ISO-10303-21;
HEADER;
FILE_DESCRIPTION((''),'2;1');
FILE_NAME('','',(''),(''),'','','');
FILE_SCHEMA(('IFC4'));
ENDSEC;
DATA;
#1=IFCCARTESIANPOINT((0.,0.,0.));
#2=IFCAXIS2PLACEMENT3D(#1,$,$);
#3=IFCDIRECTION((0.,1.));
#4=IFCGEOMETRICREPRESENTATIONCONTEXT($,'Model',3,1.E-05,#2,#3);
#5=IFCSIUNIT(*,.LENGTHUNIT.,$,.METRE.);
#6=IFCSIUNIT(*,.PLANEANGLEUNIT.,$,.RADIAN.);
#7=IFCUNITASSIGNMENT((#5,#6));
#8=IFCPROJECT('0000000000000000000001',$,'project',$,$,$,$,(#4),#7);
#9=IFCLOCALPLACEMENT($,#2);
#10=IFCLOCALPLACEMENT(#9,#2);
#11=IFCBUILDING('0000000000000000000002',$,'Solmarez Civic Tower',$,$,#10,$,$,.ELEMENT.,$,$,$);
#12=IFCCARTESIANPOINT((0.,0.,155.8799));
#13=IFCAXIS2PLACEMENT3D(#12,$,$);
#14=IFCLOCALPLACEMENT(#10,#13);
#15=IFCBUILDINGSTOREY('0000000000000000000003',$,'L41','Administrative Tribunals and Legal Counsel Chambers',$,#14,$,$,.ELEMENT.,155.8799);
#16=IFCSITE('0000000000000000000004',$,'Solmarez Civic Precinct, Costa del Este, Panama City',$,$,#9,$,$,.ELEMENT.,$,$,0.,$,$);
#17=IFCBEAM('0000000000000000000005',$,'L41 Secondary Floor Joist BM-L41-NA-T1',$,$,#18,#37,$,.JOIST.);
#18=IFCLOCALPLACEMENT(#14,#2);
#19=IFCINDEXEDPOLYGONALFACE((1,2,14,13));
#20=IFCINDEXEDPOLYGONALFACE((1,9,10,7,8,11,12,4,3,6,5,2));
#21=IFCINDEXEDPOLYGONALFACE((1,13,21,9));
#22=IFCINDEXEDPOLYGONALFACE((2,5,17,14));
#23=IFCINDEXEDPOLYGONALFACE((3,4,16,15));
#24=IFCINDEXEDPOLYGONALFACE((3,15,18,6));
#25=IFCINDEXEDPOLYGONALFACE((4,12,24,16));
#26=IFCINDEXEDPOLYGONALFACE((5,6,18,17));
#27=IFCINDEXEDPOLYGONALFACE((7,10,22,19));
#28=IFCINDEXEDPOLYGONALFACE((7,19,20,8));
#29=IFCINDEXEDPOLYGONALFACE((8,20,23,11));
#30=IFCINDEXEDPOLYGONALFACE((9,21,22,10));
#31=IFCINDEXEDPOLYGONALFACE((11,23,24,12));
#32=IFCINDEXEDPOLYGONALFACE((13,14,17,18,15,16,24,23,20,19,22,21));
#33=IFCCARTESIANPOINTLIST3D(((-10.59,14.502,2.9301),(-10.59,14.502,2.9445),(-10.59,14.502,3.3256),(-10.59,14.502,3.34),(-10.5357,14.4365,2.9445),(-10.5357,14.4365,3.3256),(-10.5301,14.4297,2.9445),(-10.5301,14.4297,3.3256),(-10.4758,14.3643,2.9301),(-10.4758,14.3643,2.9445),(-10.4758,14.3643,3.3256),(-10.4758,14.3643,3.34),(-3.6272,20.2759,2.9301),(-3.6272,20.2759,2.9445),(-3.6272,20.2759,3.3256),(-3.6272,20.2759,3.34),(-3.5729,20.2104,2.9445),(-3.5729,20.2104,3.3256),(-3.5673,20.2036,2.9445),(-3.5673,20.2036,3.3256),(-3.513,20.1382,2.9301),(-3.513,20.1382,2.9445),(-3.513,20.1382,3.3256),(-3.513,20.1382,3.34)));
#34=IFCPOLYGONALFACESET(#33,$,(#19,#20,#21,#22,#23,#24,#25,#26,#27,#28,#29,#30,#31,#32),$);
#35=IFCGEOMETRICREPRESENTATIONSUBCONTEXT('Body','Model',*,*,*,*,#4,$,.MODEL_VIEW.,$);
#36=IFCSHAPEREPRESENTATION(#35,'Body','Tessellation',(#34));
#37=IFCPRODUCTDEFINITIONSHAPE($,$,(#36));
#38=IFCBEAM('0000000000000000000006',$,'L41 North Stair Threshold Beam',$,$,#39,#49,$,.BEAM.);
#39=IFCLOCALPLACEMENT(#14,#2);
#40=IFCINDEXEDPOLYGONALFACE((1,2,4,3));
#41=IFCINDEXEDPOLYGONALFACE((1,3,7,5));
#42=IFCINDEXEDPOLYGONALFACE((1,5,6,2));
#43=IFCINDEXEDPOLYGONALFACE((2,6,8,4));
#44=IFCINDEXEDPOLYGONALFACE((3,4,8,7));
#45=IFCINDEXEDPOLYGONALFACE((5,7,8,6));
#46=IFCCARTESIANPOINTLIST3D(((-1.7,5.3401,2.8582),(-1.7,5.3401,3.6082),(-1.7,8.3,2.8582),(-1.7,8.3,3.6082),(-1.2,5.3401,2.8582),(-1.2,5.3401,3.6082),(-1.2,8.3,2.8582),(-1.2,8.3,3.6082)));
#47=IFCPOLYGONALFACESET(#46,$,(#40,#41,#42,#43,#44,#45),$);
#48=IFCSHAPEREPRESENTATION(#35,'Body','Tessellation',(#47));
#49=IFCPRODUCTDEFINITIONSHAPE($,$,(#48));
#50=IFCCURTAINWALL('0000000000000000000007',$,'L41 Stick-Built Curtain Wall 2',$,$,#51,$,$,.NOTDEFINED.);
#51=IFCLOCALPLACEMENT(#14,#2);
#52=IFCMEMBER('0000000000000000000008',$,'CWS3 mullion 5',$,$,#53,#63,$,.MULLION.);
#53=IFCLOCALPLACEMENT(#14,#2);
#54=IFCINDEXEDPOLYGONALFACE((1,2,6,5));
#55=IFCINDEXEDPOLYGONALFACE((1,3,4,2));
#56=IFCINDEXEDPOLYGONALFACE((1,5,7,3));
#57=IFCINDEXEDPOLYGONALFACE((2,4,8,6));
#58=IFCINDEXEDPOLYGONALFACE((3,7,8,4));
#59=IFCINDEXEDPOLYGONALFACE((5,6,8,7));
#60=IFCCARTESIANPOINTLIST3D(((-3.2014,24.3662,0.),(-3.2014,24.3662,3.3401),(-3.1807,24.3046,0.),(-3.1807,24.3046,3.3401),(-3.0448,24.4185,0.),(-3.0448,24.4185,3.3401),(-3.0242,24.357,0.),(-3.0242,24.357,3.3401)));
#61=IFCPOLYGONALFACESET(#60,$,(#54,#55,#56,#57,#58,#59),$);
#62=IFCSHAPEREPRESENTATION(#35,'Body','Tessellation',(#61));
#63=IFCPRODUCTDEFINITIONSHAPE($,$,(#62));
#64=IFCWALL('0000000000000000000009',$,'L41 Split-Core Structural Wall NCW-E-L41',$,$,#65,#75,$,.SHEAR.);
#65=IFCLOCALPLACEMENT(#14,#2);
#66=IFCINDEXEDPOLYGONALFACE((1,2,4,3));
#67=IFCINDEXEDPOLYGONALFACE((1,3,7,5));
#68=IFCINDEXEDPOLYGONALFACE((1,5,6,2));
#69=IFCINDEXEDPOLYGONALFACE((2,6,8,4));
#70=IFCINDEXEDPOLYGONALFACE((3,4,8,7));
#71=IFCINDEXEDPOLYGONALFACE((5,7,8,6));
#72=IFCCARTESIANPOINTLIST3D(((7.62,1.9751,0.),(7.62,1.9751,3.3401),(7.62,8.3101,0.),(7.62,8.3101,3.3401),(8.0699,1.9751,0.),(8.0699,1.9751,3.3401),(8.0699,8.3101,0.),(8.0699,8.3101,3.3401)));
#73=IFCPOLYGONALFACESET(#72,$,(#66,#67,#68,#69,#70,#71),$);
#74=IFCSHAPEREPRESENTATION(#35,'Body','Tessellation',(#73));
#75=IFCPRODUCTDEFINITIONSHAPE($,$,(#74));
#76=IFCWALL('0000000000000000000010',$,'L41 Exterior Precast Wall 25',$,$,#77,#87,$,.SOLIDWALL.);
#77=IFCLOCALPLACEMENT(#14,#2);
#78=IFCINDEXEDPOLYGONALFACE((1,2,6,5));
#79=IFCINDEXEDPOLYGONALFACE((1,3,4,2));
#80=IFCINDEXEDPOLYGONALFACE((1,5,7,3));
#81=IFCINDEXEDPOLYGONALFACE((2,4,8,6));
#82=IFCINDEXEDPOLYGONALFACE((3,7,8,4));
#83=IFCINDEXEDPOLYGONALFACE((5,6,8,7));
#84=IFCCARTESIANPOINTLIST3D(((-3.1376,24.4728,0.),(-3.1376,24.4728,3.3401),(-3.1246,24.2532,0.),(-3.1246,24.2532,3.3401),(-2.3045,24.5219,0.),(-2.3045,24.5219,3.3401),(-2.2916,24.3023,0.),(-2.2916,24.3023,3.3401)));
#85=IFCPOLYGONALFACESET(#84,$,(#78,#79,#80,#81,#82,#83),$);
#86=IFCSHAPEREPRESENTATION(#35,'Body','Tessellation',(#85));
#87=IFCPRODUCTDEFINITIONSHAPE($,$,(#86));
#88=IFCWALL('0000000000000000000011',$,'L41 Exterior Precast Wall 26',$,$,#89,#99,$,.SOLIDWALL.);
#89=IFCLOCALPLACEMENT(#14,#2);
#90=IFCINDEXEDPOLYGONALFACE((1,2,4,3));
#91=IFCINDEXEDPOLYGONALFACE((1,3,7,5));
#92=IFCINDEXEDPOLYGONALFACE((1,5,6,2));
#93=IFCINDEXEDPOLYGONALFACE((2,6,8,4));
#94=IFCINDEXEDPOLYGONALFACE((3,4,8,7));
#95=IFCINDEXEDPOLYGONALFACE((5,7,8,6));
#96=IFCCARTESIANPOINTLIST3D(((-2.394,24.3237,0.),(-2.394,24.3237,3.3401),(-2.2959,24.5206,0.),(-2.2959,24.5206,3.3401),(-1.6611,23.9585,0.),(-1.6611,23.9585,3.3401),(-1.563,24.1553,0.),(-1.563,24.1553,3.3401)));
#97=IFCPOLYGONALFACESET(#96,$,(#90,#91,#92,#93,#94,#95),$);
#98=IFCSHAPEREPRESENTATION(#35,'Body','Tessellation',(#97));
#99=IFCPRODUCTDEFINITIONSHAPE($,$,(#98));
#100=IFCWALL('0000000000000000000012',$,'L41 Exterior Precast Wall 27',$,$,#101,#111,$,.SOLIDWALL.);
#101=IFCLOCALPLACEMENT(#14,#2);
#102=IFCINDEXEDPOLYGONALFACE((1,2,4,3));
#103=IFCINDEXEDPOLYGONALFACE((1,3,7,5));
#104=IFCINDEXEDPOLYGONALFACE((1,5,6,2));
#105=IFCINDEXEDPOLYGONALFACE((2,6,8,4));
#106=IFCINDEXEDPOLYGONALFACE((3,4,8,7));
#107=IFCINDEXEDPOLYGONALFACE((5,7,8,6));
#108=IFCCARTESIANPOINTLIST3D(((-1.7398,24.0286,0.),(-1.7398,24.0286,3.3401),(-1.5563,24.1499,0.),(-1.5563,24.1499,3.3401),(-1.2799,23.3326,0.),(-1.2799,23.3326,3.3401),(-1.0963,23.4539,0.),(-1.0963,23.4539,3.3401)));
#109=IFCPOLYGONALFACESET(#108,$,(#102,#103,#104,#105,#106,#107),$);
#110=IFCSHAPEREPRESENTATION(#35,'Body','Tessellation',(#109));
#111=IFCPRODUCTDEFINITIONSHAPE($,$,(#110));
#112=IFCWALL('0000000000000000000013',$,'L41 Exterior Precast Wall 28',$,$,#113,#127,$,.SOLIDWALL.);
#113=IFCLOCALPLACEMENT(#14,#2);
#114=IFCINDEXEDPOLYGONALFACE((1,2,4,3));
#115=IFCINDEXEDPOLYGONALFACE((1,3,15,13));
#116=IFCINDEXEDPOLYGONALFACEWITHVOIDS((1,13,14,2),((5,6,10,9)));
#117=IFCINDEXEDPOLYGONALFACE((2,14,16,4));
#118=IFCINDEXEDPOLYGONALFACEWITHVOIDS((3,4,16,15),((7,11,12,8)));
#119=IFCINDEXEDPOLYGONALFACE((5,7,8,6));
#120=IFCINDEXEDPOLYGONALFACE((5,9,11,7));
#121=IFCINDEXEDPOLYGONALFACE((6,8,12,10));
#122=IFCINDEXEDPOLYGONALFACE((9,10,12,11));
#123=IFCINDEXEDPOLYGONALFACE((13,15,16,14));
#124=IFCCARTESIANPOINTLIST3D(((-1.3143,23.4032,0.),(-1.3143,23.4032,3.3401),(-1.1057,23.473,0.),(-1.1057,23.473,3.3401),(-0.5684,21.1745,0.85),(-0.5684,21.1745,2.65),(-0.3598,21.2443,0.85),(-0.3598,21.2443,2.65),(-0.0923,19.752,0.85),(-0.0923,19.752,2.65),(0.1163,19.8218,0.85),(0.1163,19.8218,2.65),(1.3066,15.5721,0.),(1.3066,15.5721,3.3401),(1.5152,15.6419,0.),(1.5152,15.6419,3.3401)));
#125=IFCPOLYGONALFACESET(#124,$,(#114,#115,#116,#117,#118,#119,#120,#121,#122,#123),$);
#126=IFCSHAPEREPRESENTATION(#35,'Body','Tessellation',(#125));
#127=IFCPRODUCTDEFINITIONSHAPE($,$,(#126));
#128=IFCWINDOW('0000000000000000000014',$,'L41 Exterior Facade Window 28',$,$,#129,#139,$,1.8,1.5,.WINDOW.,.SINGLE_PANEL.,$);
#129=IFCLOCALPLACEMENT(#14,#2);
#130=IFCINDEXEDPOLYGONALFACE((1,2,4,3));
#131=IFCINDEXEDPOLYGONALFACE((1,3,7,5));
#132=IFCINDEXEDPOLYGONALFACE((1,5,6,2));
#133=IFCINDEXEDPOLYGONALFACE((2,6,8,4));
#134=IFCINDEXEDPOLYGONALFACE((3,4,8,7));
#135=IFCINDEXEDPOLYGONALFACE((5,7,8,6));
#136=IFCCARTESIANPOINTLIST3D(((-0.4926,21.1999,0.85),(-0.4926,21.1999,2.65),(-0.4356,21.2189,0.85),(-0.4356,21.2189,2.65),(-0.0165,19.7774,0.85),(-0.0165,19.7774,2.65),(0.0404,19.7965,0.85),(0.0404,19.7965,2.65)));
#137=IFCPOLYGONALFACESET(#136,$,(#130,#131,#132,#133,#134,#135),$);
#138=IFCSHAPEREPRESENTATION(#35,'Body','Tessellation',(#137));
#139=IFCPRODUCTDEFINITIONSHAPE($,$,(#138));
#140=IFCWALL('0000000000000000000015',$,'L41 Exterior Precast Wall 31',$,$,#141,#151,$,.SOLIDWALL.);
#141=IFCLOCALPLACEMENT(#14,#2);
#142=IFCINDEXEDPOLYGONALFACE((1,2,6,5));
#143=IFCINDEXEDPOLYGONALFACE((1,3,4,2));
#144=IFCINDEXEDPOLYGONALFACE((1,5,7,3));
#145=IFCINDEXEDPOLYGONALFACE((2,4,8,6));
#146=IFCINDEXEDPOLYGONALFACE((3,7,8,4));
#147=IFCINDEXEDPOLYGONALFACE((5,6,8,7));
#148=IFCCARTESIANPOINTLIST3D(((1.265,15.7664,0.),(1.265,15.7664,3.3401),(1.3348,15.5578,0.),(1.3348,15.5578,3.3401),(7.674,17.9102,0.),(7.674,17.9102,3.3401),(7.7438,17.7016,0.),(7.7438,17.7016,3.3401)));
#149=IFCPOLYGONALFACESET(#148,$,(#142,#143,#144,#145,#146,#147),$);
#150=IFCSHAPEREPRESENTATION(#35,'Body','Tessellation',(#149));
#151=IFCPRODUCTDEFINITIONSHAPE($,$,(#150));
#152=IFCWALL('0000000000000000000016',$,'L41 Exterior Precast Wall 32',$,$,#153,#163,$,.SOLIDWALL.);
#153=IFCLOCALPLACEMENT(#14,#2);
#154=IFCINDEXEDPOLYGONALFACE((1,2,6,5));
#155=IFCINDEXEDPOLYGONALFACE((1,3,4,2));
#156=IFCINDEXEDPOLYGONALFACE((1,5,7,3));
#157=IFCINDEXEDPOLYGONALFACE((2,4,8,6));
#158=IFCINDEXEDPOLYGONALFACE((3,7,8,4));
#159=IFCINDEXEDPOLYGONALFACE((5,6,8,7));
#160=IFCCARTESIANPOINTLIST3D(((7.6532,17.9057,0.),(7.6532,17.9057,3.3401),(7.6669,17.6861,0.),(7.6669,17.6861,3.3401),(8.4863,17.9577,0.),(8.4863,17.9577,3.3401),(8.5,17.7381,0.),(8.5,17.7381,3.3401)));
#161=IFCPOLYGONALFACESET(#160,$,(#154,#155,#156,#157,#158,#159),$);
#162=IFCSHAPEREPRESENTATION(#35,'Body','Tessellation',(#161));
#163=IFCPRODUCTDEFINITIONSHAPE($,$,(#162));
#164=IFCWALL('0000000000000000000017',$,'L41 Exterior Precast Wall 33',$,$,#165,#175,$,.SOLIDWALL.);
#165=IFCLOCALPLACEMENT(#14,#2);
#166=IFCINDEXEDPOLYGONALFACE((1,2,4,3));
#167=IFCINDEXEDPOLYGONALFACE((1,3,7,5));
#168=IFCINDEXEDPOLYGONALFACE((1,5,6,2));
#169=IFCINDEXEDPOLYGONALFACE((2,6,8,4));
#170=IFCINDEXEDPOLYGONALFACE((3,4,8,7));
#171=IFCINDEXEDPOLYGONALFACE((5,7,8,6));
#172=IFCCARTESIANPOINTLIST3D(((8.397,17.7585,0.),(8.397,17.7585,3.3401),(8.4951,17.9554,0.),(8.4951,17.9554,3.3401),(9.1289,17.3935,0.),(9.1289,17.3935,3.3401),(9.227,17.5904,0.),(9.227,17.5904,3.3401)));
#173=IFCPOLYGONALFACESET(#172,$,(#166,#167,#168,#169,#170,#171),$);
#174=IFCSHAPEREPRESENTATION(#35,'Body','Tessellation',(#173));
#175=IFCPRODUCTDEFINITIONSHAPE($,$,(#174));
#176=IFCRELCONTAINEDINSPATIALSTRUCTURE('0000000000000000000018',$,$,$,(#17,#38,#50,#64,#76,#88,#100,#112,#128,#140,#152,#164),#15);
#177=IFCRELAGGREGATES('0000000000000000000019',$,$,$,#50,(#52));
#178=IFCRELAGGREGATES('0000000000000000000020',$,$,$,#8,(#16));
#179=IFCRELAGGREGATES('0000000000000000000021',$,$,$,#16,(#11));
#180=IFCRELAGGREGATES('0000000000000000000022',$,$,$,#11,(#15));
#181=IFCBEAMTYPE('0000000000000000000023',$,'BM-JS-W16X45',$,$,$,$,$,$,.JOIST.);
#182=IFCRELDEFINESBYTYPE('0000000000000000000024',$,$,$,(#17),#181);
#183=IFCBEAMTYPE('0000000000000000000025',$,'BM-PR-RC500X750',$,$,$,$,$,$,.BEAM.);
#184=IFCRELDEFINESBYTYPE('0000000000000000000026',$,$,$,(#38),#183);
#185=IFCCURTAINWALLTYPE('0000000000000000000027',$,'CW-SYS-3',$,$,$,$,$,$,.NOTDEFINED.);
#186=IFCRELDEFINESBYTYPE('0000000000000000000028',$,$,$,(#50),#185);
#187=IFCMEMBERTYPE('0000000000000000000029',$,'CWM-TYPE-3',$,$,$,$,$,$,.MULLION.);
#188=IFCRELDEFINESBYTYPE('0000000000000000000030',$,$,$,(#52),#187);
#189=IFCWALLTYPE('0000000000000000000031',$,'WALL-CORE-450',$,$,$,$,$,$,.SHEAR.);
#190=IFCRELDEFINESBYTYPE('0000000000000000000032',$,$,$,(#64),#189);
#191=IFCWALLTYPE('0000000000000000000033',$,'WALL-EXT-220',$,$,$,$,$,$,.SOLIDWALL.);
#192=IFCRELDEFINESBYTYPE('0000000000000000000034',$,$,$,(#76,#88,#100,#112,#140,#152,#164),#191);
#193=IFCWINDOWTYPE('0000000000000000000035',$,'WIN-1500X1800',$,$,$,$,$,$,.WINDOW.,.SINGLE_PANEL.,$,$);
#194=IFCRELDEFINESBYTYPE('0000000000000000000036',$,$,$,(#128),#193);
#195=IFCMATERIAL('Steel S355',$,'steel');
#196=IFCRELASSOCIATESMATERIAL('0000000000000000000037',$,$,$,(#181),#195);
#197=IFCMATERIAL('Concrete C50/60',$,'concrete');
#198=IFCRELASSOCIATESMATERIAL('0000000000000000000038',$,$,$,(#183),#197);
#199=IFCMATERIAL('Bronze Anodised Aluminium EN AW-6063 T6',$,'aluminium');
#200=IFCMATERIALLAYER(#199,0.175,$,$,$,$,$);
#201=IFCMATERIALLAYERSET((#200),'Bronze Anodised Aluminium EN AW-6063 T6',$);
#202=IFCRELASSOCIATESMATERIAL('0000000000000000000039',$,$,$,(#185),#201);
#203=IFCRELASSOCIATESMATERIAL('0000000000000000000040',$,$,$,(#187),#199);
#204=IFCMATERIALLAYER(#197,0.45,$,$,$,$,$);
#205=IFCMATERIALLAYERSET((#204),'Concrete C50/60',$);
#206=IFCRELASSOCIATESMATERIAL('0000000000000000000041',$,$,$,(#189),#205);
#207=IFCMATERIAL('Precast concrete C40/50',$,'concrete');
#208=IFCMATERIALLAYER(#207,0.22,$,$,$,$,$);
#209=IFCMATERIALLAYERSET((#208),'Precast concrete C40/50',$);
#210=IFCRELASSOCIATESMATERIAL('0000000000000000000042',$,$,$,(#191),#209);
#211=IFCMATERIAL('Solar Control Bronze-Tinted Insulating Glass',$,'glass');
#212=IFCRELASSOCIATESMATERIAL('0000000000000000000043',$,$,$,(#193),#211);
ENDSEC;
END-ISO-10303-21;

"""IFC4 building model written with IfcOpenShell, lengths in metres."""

from ifc_helpers import new_model, si_unit, direction, frame, frame_2d, origin, origin_2d, place, context, subcontext, project, spatial, rectangle, i_section, extrude, material, layer, layer_set, material_profile, profile_set, type_object, element, fill, aggregate, save


model = new_model("IFC4")

# Units and contexts
model_context = context("Model", 3, precision=1e-05, world=origin(), true_north=direction((0.0, 1.0)))
body_context = subcontext(model_context, "Body", "Model", "MODEL_VIEW")
ifc_project = project(units=[si_unit("LENGTHUNIT", "METRE"), si_unit("PLANEANGLEUNIT", "RADIAN")], contexts=[model_context])

# Site, building, storey
site_placement = place(None, origin())
site = spatial("IfcSite", under=ifc_project, at=site_placement, Name="Solmarez Civic Precinct, Costa del Este, Panama City", CompositionType="ELEMENT", RefElevation=0.0)
building_placement = place(site_placement, origin())
building = spatial("IfcBuilding", under=site, at=building_placement, Name="Solmarez Civic Tower", CompositionType="ELEMENT")
storey_placement = place(building_placement, frame((0.0, 0.0, 155.8799)))
storey = spatial("IfcBuildingStorey", under=building, at=storey_placement, Name="L41", Description="Administrative Tribunals and Legal Counsel Chambers", CompositionType="ELEMENT", Elevation=155.8799)

# Beams
ifc_material_1 = material(Name="Steel S355", Category="steel")
ifc_material_profile_1 = material_profile(ifc_material_1, i_section(OverallWidth=0.179, OverallDepth=0.4099, WebThickness=0.0088, FlangeThickness=0.0144, at=origin_2d()), Name="W16X45")
ifc_profile_set_1 = profile_set([ifc_material_profile_1], Name="Steel S355")
beam_type_1 = type_object("IfcBeamType", Name="BM-JS-W16X45", PredefinedType="JOIST", material=ifc_profile_set_1)
beam_1_placement = place(storey_placement, frame((-3.5701, 20.207, 3.135), z_axis=(-0.769768, -0.638324, 0.0), x_axis=(0.638324, -0.769768, 0.0)))
element("IfcBeam", 1, at=beam_1_placement, inside=storey, type_object=beam_type_1, Name="L41 Secondary Floor Joist BM-L41-NA-T1", PredefinedType="JOIST", context=body_context, shape_type="SweptSolid", body=[
    extrude(i_section(OverallWidth=0.179, OverallDepth=0.4099, WebThickness=0.0088, FlangeThickness=0.0144, at=origin_2d()), origin(), (0.0, 0.0, 1.0), 9.0454),
])
ifc_material_2 = material(Name="Concrete C50/60", Category="concrete")
ifc_material_profile_2 = material_profile(ifc_material_2, rectangle(XDim=0.5, YDim=0.75, at=origin_2d()), Name="RC500X750")
ifc_profile_set_2 = profile_set([ifc_material_profile_2], Name="Concrete C50/60")
beam_type_2 = type_object("IfcBeamType", Name="BM-PR-RC500X750", PredefinedType="BEAM", material=ifc_profile_set_2)
beam_2_placement = place(storey_placement, frame((-1.45, 5.3401, 3.2332), z_axis=(0.0, 1.0, 0.0), x_axis=(-1.0, 0.0, 0.0)))
element("IfcBeam", 2, at=beam_2_placement, inside=storey, type_object=beam_type_2, Name="L41 North Stair Threshold Beam", PredefinedType="BEAM", context=body_context, shape_type="SweptSolid", body=[
    extrude(rectangle(XDim=0.5, YDim=0.75, at=origin_2d()), origin(), (0.0, 0.0, 1.0), 2.96),
])

# Curtain wall, member
ifc_material_3 = material(Name="Bronze Anodised Aluminium EN AW-6063 T6", Category="aluminium")
ifc_layer_1 = layer(ifc_material_3, 0.175)
ifc_layer_set_1 = layer_set([ifc_layer_1], Name="Bronze Anodised Aluminium EN AW-6063 T6")
curtain_wall_type = type_object("IfcCurtainWallType", Name="CW-SYS-3", PredefinedType="NOTDEFINED", material=ifc_layer_set_1)
curtain_wall_placement = place(storey_placement, origin())
curtain_wall = element("IfcCurtainWall", 3, at=curtain_wall_placement, inside=storey, type_object=curtain_wall_type, Name="L41 Stick-Built Curtain Wall 2", PredefinedType="NOTDEFINED")
ifc_material_profile_3 = material_profile(ifc_material_3, rectangle(XDim=0.0649, YDim=0.165, at=origin_2d()), Name="CWM-65X165")
ifc_profile_set_3 = profile_set([ifc_material_profile_3], Name="Bronze Anodised Aluminium EN AW-6063 T6")
member_type = type_object("IfcMemberType", Name="CWM-TYPE-3", PredefinedType="MULLION", material=ifc_profile_set_3)
member_placement = place(storey_placement, frame((-3.1128, 24.3616, 0.0), z_axis=(0.0, 0.0, 1.0), x_axis=(-0.317319, 0.948319, 0.0)))
member = element("IfcMember", 4, at=member_placement, type_object=member_type, Name="CWS3 mullion 5", PredefinedType="MULLION", context=body_context, shape_type="SweptSolid", body=[
    extrude(rectangle(XDim=0.0649, YDim=0.165, at=origin_2d()), origin(), (0.0, 0.0, 1.0), 3.3401),
])
aggregate(curtain_wall, [member])

# Walls
ifc_layer_2 = layer(ifc_material_2, 0.45)
ifc_layer_set_2 = layer_set([ifc_layer_2], Name="Concrete C50/60")
wall_type_1 = type_object("IfcWallType", Name="WALL-CORE-450", PredefinedType="SHEAR", material=ifc_layer_set_2)
wall_1_placement = place(storey_placement, frame((7.845, 8.3101, 0.0), z_axis=(0.0, 0.0, 1.0), x_axis=(0.0, -1.0, 0.0)))
element("IfcWall", 5, at=wall_1_placement, inside=storey, type_object=wall_type_1, Name="L41 Split-Core Structural Wall NCW-E-L41", PredefinedType="SHEAR", context=body_context, shape_type="SweptSolid", body=[
    extrude(rectangle(XDim=6.335, YDim=0.45, at=frame_2d((3.1675, 0.0))), origin(), (0.0, 0.0, 1.0), 3.3401),
])
ifc_material_4 = material(Name="Precast concrete C40/50", Category="concrete")
ifc_layer_3 = layer(ifc_material_4, 0.22)
ifc_layer_set_3 = layer_set([ifc_layer_3], Name="Precast concrete C40/50")
wall_type_2 = type_object("IfcWallType", Name="WALL-EXT-220", PredefinedType="SOLIDWALL", material=ifc_layer_set_3)
wall_2_placement = place(storey_placement, frame((-3.1311, 24.363, 0.0), z_axis=(0.0, 0.0, 1.0), x_axis=(0.998269, 0.058808, 0.0)))
element("IfcWall", 6, at=wall_2_placement, inside=storey, type_object=wall_type_2, Name="L41 Exterior Precast Wall 25", PredefinedType="SOLIDWALL", context=body_context, shape_type="SweptSolid", body=[
    extrude(rectangle(XDim=0.8345, YDim=0.22, at=frame_2d((0.4172, 0.0))), origin(), (0.0, 0.0, 1.0), 3.3401),
])
wall_3_placement = place(storey_placement, frame((-2.345, 24.4221, 0.0), z_axis=(0.0, 0.0, 1.0), x_axis=(0.895023, -0.446021, 0.0)))
element("IfcWall", 7, at=wall_3_placement, inside=storey, type_object=wall_type_2, Name="L41 Exterior Precast Wall 26", PredefinedType="SOLIDWALL", context=body_context, shape_type="SweptSolid", body=[
    extrude(rectangle(XDim=0.8188, YDim=0.22, at=frame_2d((0.4094, 0.0))), origin(), (0.0, 0.0, 1.0), 3.3401),
])
wall_4_placement = place(storey_placement, frame((-1.6479, 24.0891, 0.0), z_axis=(0.0, 0.0, 1.0), x_axis=(0.551319, -0.834294, 0.0)))
element("IfcWall", 8, at=wall_4_placement, inside=storey, type_object=wall_type_2, Name="L41 Exterior Precast Wall 27", PredefinedType="SOLIDWALL", context=body_context, shape_type="SweptSolid", body=[
    extrude(rectangle(XDim=0.8342, YDim=0.22, at=frame_2d((0.417, 0.0))), origin(), (0.0, 0.0, 1.0), 3.3401),
])

# Wall, opening, window
wall_5_placement = place(storey_placement, frame((-1.21, 23.438, 0.0), z_axis=(0.0, 0.0, 1.0), x_axis=(0.317372, -0.948301, 0.0)))
wall_5 = element("IfcWall", 9, at=wall_5_placement, inside=storey, type_object=wall_type_2, Name="L41 Exterior Precast Wall 28", PredefinedType="SOLIDWALL", context=body_context, shape_type="SweptSolid", body=[
    extrude(rectangle(XDim=8.2581, YDim=0.22, at=frame_2d((4.1289, 0.0))), origin(), (0.0, 0.0, 1.0), 3.3401),
])
opening_placement = place(wall_5_placement, frame((2.3501, 0.0, 0.8501)))
opening = element("IfcOpeningElement", 10, at=opening_placement, cuts=wall_5, PredefinedType="OPENING", context=body_context, shape_type="SweptSolid", body=[
    extrude(rectangle(XDim=1.5, YDim=1.8, at=frame_2d((0.75, 0.8999))), frame((0.0, 0.1199, 0.0), z_axis=(0.0, -1.0, 0.0), x_axis=(1.0, 0.0, 0.0)), (0.0, 0.0, 1.0), 0.24),
])
ifc_material_5 = material(Name="Solar Control Bronze-Tinted Insulating Glass", Category="glass")
window_type = type_object("IfcWindowType", Name="WIN-1500X1800", PartitioningType="SINGLE_PANEL", PredefinedType="WINDOW", material=ifc_material_5)
window_placement = place(opening_placement, origin())
window = element("IfcWindow", 11, at=window_placement, inside=storey, type_object=window_type, Name="L41 Exterior Facade Window 28", OverallHeight=1.8, OverallWidth=1.5, PartitioningType="SINGLE_PANEL", PredefinedType="WINDOW", context=body_context, shape_type="SweptSolid", body=[
    extrude(rectangle(XDim=1.5, YDim=1.8, at=frame_2d((0.75, 0.8999))), frame((0.0, 0.03, 0.0), z_axis=(0.0, -1.0, 0.0), x_axis=(1.0, 0.0, 0.0)), (0.0, 0.0, 1.0), 0.0601),
])
fill(opening, window)

# Walls
wall_6_placement = place(storey_placement, frame((1.3, 15.6621, 0.0), z_axis=(0.0, 0.0, 1.0), x_axis=(0.94835, 0.317225, 0.0)))
element("IfcWall", 12, at=wall_6_placement, inside=storey, type_object=wall_type_2, Name="L41 Exterior Precast Wall 31", PredefinedType="SOLIDWALL", context=body_context, shape_type="SweptSolid", body=[
    extrude(rectangle(XDim=6.7581, YDim=0.22, at=frame_2d((3.3789, 0.0))), origin(), (0.0, 0.0, 1.0), 3.3401),
])
wall_7_placement = place(storey_placement, frame((7.6599, 17.7959, 0.0), z_axis=(0.0, 0.0, 1.0), x_axis=(0.998057, 0.062305, 0.0)))
element("IfcWall", 13, at=wall_7_placement, inside=storey, type_object=wall_type_2, Name="L41 Exterior Precast Wall 32", PredefinedType="SOLIDWALL", context=body_context, shape_type="SweptSolid", body=[
    extrude(rectangle(XDim=0.8347, YDim=0.22, at=frame_2d((0.4175, 0.0))), origin(), (0.0, 0.0, 1.0), 3.3401),
])
wall_8_placement = place(storey_placement, frame((8.446, 17.8569, 0.0), z_axis=(0.0, 0.0, 1.0), x_axis=(0.894904, -0.446258, 0.0)))
element("IfcWall", 14, at=wall_8_placement, inside=storey, type_object=wall_type_2, Name="L41 Exterior Precast Wall 33", PredefinedType="SOLIDWALL", context=body_context, shape_type="SweptSolid", body=[
    extrude(rectangle(XDim=0.8179, YDim=0.22, at=frame_2d((0.4089, 0.0))), origin(), (0.0, 0.0, 1.0), 3.3401),
])

save(model, "model.ifc")
